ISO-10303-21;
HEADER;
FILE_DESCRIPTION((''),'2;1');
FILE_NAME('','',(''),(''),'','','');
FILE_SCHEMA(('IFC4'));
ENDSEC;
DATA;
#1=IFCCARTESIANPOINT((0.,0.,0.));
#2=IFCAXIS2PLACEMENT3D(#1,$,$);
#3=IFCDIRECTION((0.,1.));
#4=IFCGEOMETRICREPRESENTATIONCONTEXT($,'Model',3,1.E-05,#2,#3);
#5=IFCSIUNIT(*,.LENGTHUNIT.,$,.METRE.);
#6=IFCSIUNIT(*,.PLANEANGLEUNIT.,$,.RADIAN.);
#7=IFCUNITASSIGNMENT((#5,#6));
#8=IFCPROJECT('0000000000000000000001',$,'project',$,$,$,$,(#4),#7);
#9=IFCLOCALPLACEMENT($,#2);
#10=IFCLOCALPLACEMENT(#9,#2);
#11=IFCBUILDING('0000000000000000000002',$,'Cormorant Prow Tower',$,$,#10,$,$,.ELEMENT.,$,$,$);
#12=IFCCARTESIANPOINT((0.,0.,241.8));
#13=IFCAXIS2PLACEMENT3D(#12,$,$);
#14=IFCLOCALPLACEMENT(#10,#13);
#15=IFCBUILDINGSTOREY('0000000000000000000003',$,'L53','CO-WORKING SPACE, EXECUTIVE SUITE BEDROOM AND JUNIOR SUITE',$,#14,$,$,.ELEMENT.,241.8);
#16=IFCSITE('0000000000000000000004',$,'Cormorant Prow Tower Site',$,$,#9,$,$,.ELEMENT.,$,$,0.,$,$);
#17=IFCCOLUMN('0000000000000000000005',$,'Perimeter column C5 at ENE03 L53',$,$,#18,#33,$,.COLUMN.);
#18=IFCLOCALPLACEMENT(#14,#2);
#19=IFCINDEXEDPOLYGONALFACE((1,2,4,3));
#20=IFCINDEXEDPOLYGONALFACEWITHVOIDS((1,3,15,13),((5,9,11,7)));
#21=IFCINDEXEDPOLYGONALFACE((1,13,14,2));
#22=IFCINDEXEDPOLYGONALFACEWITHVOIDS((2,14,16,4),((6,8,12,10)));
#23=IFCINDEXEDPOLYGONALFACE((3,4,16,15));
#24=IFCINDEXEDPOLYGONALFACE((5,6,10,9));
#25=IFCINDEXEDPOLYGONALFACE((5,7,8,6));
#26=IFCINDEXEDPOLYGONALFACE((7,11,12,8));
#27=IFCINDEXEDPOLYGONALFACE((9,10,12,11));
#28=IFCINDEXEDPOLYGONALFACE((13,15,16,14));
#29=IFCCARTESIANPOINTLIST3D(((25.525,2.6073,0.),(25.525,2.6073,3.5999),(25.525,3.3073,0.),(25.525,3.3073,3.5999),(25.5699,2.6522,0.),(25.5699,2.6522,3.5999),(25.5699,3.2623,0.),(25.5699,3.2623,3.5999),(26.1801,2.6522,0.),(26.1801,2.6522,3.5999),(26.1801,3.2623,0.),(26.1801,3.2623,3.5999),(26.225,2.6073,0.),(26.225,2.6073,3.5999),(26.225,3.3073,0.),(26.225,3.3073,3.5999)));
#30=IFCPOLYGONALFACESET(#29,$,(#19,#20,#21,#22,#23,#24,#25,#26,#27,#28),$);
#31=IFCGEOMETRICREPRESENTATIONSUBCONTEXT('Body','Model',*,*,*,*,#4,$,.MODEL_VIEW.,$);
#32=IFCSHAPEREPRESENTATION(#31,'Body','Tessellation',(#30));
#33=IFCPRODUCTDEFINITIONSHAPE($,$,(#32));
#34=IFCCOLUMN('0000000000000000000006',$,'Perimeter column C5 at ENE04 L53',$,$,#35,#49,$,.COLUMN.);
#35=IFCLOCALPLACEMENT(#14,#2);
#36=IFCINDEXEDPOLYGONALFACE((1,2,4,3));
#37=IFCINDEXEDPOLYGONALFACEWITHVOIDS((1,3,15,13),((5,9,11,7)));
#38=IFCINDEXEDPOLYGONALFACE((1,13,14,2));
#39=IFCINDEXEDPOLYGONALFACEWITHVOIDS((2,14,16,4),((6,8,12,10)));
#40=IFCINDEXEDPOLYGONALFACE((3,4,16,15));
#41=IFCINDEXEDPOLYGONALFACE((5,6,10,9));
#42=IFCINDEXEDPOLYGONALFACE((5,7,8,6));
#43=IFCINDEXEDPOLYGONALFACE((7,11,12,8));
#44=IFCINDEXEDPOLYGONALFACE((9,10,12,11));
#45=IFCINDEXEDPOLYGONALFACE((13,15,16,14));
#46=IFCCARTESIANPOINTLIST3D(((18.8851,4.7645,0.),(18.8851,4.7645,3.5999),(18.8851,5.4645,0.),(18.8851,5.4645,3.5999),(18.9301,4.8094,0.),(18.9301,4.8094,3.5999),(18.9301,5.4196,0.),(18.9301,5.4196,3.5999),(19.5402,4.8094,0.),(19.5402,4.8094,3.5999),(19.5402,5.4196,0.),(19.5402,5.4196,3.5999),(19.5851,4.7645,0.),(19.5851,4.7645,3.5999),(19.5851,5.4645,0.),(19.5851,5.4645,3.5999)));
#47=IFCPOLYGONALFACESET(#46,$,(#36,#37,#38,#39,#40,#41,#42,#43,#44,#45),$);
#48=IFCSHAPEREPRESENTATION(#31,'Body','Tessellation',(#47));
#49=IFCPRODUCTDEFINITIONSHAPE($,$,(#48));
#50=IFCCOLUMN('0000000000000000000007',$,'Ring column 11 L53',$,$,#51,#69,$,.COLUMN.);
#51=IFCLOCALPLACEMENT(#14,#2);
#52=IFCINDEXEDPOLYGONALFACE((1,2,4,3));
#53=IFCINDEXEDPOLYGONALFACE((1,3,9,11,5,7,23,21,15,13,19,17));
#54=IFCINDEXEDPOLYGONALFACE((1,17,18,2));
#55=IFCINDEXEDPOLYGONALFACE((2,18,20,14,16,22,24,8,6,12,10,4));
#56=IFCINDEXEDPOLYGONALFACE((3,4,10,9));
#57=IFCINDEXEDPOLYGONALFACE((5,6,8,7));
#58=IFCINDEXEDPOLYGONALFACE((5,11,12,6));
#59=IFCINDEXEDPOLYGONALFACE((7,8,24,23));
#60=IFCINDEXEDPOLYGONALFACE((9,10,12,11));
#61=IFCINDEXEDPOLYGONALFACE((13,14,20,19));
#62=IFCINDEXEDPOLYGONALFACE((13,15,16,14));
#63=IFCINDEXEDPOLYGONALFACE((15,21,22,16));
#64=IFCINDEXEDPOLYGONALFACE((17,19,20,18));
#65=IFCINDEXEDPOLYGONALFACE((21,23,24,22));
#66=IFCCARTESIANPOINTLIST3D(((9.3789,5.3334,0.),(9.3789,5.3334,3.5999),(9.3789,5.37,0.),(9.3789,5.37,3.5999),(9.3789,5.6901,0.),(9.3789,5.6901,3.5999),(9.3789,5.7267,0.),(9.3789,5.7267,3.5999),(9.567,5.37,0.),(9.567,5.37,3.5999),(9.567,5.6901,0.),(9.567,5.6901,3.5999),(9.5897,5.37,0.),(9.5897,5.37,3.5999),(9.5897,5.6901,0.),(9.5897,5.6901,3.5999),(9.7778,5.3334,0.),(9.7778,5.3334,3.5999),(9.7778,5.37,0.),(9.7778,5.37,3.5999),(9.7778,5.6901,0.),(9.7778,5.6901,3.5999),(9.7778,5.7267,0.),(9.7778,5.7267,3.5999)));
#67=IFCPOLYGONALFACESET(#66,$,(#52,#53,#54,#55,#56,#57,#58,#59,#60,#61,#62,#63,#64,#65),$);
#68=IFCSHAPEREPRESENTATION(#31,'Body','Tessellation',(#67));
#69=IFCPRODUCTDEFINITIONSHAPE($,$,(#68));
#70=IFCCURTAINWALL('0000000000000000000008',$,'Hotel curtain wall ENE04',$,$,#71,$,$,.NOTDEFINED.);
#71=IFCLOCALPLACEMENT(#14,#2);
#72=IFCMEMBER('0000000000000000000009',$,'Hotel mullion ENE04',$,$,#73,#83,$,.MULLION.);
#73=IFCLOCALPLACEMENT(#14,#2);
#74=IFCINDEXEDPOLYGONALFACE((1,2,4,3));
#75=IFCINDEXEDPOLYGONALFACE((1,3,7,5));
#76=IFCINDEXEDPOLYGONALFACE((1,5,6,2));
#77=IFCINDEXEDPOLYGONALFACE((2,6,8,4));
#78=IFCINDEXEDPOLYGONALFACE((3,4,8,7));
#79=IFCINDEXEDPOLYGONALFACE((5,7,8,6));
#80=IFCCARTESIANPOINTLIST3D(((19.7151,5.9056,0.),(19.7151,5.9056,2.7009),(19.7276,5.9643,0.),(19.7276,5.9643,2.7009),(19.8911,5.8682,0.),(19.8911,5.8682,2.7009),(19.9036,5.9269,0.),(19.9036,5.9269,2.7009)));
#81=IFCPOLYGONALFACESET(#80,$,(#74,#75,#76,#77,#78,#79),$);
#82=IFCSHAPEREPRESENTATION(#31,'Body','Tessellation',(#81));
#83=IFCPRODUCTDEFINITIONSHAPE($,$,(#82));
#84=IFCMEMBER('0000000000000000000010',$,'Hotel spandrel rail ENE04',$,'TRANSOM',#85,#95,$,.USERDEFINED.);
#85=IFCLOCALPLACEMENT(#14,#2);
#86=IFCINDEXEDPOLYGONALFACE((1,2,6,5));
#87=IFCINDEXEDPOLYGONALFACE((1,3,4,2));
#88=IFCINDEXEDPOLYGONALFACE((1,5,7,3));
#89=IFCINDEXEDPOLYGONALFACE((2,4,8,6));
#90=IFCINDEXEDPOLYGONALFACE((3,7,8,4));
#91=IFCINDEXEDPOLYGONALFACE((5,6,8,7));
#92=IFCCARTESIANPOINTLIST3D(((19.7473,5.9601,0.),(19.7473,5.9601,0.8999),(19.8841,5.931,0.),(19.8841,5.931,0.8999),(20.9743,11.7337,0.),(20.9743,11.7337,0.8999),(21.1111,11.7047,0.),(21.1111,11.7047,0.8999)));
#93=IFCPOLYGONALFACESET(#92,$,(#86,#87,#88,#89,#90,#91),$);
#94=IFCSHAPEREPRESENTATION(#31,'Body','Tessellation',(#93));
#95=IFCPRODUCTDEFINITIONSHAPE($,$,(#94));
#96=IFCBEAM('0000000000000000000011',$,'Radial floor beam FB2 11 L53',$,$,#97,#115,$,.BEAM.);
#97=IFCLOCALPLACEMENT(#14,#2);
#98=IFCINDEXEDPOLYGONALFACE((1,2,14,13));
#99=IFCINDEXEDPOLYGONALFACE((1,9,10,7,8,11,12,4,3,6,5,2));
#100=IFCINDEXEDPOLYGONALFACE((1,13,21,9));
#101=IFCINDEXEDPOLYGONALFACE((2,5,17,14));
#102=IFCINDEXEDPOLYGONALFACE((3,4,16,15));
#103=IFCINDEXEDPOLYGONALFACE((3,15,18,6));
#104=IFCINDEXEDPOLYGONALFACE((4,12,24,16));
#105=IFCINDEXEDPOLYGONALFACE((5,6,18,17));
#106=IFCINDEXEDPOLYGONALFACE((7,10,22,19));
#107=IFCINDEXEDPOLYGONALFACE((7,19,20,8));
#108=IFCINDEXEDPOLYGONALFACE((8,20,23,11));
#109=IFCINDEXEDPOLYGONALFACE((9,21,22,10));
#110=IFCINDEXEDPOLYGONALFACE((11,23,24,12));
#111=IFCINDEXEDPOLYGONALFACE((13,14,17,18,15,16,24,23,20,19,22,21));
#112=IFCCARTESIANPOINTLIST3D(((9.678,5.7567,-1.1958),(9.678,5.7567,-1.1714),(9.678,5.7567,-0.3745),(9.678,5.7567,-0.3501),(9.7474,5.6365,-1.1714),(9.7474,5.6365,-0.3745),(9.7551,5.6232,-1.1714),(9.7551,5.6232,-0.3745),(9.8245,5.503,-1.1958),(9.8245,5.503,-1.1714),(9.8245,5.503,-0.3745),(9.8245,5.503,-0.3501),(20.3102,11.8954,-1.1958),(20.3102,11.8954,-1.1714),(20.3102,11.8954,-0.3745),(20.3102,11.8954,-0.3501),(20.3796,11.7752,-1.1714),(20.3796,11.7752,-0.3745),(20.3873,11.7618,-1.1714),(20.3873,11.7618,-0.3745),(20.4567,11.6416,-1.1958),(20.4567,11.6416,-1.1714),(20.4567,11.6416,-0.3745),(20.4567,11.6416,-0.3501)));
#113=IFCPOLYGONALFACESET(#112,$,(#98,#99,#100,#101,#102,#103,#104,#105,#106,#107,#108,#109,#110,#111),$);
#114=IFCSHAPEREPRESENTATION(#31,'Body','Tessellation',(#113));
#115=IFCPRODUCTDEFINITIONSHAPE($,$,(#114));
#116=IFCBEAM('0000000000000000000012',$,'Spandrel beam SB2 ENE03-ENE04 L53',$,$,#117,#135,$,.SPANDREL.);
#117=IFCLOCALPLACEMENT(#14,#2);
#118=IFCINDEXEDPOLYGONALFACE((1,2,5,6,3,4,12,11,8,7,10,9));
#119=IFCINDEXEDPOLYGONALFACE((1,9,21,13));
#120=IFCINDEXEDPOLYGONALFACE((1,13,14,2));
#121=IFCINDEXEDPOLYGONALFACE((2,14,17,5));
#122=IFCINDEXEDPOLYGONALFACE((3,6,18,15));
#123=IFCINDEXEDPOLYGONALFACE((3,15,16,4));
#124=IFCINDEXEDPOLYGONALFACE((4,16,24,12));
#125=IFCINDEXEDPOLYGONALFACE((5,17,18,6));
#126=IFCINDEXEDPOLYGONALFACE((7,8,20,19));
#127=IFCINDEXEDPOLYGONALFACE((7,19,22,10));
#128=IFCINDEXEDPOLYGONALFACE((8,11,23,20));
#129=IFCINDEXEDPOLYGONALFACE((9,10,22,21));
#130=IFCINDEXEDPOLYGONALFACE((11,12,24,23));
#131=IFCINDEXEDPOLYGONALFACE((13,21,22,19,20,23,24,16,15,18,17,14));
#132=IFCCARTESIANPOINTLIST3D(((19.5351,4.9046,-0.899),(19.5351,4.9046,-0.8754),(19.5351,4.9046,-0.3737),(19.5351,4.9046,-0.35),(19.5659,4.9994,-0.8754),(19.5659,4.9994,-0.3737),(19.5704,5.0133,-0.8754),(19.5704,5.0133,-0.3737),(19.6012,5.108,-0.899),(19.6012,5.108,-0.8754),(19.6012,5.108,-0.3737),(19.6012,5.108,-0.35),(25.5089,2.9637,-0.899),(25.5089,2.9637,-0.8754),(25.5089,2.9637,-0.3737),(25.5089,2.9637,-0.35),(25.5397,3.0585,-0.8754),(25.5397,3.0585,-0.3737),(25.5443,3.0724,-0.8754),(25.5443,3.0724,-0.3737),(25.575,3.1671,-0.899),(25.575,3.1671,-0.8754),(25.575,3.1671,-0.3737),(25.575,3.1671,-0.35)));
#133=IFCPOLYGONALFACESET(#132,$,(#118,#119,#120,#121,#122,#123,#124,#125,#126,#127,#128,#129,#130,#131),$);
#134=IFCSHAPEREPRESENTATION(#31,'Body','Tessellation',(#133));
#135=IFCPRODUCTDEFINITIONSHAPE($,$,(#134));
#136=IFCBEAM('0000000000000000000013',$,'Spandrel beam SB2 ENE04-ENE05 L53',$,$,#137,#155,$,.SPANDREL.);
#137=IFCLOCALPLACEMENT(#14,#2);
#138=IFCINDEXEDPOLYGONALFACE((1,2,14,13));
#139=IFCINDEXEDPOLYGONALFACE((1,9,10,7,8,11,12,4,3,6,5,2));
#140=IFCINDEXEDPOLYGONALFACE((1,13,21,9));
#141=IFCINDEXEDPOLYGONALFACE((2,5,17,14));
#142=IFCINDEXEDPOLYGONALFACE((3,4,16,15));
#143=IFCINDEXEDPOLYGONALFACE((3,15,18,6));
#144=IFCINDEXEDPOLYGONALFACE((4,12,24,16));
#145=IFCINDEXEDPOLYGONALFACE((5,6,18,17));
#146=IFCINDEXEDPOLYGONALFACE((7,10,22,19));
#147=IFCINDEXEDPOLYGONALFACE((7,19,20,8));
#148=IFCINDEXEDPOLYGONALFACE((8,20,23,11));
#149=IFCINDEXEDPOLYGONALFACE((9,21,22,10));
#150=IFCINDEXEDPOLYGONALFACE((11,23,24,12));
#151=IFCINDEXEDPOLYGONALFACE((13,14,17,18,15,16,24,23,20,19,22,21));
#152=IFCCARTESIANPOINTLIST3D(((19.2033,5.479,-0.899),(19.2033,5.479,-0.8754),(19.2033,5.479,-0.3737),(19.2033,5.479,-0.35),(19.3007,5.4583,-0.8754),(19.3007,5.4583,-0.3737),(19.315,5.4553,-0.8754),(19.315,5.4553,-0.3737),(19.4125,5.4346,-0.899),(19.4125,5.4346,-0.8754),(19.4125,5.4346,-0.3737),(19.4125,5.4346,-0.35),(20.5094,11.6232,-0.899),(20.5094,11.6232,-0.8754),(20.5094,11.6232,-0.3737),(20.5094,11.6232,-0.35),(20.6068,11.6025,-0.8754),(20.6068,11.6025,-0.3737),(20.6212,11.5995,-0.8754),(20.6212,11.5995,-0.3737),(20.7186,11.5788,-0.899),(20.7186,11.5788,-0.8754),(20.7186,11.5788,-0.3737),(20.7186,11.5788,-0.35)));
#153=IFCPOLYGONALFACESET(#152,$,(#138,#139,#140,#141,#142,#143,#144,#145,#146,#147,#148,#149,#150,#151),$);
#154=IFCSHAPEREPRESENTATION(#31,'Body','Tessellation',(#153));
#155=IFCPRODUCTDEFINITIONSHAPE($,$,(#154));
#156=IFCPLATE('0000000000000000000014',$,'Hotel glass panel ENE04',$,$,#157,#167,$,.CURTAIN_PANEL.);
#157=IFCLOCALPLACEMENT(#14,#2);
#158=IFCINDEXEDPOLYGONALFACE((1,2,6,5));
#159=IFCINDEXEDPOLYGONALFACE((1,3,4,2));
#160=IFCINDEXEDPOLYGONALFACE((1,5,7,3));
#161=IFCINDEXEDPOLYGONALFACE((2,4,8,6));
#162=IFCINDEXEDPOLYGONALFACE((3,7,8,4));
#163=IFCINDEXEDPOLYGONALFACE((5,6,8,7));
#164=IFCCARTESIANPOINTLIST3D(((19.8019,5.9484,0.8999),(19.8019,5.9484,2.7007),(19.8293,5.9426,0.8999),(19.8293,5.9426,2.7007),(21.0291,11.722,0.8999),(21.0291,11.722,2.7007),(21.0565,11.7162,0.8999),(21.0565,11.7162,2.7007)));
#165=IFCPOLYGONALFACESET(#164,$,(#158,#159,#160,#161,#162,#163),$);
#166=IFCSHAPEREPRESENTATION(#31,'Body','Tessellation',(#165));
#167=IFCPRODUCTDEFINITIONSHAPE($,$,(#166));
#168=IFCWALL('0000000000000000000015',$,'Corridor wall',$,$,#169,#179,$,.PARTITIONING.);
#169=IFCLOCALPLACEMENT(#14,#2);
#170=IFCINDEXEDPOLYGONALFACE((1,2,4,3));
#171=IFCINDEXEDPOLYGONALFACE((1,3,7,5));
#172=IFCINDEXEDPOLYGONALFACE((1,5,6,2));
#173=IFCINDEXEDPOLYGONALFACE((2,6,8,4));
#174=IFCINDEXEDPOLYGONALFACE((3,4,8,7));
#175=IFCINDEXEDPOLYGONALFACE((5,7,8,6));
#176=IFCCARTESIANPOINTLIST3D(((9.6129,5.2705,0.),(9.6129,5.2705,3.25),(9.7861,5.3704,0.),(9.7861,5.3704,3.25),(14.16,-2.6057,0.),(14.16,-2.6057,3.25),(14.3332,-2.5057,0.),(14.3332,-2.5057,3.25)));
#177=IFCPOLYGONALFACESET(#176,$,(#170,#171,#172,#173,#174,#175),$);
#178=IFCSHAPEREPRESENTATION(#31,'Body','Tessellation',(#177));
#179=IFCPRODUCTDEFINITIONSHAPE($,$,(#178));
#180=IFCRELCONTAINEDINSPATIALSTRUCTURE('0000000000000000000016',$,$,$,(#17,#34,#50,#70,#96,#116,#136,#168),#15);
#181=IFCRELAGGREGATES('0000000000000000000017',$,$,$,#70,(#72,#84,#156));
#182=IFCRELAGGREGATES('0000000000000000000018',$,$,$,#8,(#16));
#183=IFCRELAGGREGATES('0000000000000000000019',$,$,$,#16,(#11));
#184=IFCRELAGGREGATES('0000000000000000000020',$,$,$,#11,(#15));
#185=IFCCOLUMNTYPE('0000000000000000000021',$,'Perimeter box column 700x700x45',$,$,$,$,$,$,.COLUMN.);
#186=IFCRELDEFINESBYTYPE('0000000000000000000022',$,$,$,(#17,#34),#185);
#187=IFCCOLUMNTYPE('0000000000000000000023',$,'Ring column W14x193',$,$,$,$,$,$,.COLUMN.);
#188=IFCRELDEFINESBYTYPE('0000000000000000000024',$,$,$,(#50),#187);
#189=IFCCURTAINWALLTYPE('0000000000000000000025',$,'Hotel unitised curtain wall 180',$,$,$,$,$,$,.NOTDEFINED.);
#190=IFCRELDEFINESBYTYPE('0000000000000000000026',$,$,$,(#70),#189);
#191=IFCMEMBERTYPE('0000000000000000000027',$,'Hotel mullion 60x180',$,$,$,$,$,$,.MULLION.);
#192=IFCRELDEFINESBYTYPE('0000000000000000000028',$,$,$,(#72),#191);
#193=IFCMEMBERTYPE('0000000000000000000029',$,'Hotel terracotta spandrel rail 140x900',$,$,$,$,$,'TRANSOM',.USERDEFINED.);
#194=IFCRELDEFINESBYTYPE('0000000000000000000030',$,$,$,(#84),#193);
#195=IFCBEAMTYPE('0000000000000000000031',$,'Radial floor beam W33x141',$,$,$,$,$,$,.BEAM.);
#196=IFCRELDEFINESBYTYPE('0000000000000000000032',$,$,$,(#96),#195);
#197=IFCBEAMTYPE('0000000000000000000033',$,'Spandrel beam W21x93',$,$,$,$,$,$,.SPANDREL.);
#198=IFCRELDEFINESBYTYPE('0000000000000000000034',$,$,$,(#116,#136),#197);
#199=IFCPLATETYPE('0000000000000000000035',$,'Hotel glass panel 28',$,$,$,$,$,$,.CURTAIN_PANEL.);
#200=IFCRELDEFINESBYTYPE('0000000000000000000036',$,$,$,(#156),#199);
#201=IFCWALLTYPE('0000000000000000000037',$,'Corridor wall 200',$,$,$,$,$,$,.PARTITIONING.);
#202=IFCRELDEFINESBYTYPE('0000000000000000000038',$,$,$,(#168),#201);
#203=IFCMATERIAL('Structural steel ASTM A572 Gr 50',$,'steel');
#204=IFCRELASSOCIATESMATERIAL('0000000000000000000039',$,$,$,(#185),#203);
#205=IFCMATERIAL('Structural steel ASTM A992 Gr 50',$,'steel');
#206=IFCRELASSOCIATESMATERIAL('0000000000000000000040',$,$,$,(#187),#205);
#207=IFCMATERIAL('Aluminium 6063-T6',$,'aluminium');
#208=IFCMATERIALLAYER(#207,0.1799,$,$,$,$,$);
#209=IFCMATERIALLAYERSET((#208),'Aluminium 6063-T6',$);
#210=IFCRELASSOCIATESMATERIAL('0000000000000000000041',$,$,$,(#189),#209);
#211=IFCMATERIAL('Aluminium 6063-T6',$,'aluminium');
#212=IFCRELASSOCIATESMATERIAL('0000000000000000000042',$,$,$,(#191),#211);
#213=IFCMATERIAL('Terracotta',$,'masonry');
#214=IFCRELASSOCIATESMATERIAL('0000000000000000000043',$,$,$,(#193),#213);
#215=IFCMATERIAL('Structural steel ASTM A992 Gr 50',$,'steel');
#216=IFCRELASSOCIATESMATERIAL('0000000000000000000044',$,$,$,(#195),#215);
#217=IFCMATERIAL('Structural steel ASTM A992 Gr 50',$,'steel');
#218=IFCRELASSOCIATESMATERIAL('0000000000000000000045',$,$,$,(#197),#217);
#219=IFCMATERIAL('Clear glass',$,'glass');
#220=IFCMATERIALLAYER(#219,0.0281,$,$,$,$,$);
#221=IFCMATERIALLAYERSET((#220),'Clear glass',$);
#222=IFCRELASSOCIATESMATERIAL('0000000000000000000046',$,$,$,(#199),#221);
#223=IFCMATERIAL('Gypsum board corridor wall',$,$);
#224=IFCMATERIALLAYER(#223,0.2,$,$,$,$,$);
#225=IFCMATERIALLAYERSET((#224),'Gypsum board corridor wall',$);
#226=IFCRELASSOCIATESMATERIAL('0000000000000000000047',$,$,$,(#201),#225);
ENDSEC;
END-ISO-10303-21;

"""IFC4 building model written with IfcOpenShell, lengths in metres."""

from ifc_helpers import new_model, si_unit, direction, frame, frame_2d, origin, origin_2d, place, context, subcontext, project, spatial, rectangle, hollow_rectangle, i_section, extrude, material, layer, layer_set, material_profile, profile_set, type_object, element, aggregate, save


model = new_model("IFC4")

# Units and contexts
model_context = context("Model", 3, precision=1e-05, world=origin(), true_north=direction((0.0, 1.0)))
body_context = subcontext(model_context, "Body", "Model", "MODEL_VIEW")
ifc_project = project(units=[si_unit("LENGTHUNIT", "METRE"), si_unit("PLANEANGLEUNIT", "RADIAN")], contexts=[model_context])

# Site, building, storey
site_placement = place(None, origin())
site = spatial("IfcSite", under=ifc_project, at=site_placement, Name="Cormorant Prow Tower Site", CompositionType="ELEMENT", RefElevation=0.0)
building_placement = place(site_placement, origin())
building = spatial("IfcBuilding", under=site, at=building_placement, Name="Cormorant Prow Tower", CompositionType="ELEMENT")
storey_placement = place(building_placement, frame((0.0, 0.0, 241.8)))
storey = spatial("IfcBuildingStorey", under=building, at=storey_placement, Name="L53", Description="CO-WORKING SPACE, EXECUTIVE SUITE BEDROOM AND JUNIOR SUITE", CompositionType="ELEMENT", Elevation=241.8)

# Columns
ifc_material_1 = material(Name="Structural steel ASTM A572 Gr 50", Category="steel")
ifc_material_profile_1 = material_profile(ifc_material_1, hollow_rectangle(XDim=0.7, YDim=0.7, WallThickness=0.0449, at=origin_2d()), Name="Box 700x700x45")
ifc_profile_set_1 = profile_set([ifc_material_profile_1], Name="Structural steel ASTM A572 Gr 50")
column_type_1 = type_object("IfcColumnType", Name="Perimeter box column 700x700x45", PredefinedType="COLUMN", material=ifc_profile_set_1)
for number, where, z_axis, x_axis, name in (
    (1, (25.875, 2.9573, 0.0), (0.0, 0.0, 1.0), (1.0, 0.0, 0.0), "Perimeter column C5 at ENE03 L53"),
    (2, (19.2351, 5.1145, 0.0), (0.0, 0.0, 1.0), (1.0, 0.0, 0.0), "Perimeter column C5 at ENE04 L53"),
):
    element("IfcColumn", number, at=place(storey_placement, frame(where, z_axis=z_axis, x_axis=x_axis)), inside=storey, type_object=column_type_1, Name=name, PredefinedType="COLUMN", context=body_context, shape_type="SweptSolid", body=[
        extrude(hollow_rectangle(XDim=0.7, YDim=0.7, WallThickness=0.0449, at=origin_2d()), origin(), (0.0, 0.0, 1.0), 3.5999),
    ])
ifc_material_2 = material(Name="Structural steel ASTM A992 Gr 50", Category="steel")
ifc_material_profile_2 = material_profile(ifc_material_2, i_section(OverallWidth=0.3989, OverallDepth=0.3933, WebThickness=0.0227, FlangeThickness=0.0366, at=origin_2d()), Name="W14x193")
ifc_profile_set_2 = profile_set([ifc_material_profile_2], Name="Structural steel ASTM A992 Gr 50")
column_type_2 = type_object("IfcColumnType", Name="Ring column W14x193", PredefinedType="COLUMN", material=ifc_profile_set_2)
column_placement = place(storey_placement, frame((9.5784, 5.53, 0.0), z_axis=(0.0, 0.0, 1.0), x_axis=(1.0, 0.0, 0.0)))
element("IfcColumn", 3, at=column_placement, inside=storey, type_object=column_type_2, Name="Ring column 11 L53", PredefinedType="COLUMN", context=body_context, shape_type="SweptSolid", body=[
    extrude(i_section(OverallWidth=0.3989, OverallDepth=0.3933, WebThickness=0.0227, FlangeThickness=0.0366, at=origin_2d()), origin(), (0.0, 0.0, 1.0), 3.5999),
])

# Curtain wall, members
ifc_material_3 = material(Name="Aluminium 6063-T6", Category="aluminium")
ifc_layer_1 = layer(ifc_material_3, 0.1799)
ifc_layer_set_1 = layer_set([ifc_layer_1], Name="Aluminium 6063-T6")
curtain_wall_type = type_object("IfcCurtainWallType", Name="Hotel unitised curtain wall 180", PredefinedType="NOTDEFINED", material=ifc_layer_set_1)
curtain_wall_placement = place(storey_placement, origin())
curtain_wall = element("IfcCurtainWall", 4, at=curtain_wall_placement, inside=storey, type_object=curtain_wall_type, Name="Hotel curtain wall ENE04", PredefinedType="NOTDEFINED")
ifc_material_4 = material(Name="Aluminium 6063-T6", Category="aluminium")
ifc_material_profile_3 = material_profile(ifc_material_4, rectangle(XDim=0.1799, YDim=0.0601, at=origin_2d()), Name="Hotel mullion 60x180")
ifc_profile_set_3 = profile_set([ifc_material_profile_3], Name="Aluminium 6063-T6")
member_type_1 = type_object("IfcMemberType", Name="Hotel mullion 60x180", PredefinedType="MULLION", material=ifc_profile_set_3)
member_1_placement = place(storey_placement, frame((19.8093, 5.9163, 0.0), z_axis=(0.0, 0.0, 1.0), x_axis=(-0.978148, 0.207912, 0.0)))
member_1 = element("IfcMember", 5, at=member_1_placement, type_object=member_type_1, Name="Hotel mullion ENE04", PredefinedType="MULLION", context=body_context, shape_type="SweptSolid", body=[
    extrude(rectangle(XDim=0.1799, YDim=0.0601, at=origin_2d()), origin(), (0.0, 0.0, 1.0), 2.7009),
])
ifc_material_5 = material(Name="Terracotta", Category="masonry")
ifc_material_profile_4 = material_profile(ifc_material_5, rectangle(XDim=0.1399, YDim=0.8999, at=origin_2d()), Name="Hotel terracotta spandrel rail 140x900")
ifc_profile_set_4 = profile_set([ifc_material_profile_4], Name="Terracotta")
member_type_2 = type_object("IfcMemberType", Name="Hotel terracotta spandrel rail 140x900", ElementType="TRANSOM", PredefinedType="USERDEFINED", material=ifc_profile_set_4)
member_2_placement = place(storey_placement, frame((19.8157, 5.9456, 0.45), z_axis=(0.207882, 0.978154, 0.0), x_axis=(-0.978154, 0.207882, 0.0)))
member_2 = element("IfcMember", 6, at=member_2_placement, type_object=member_type_2, Name="Hotel spandrel rail ENE04", ObjectType="TRANSOM", PredefinedType="USERDEFINED", context=body_context, shape_type="SweptSolid", body=[
    extrude(rectangle(XDim=0.1399, YDim=0.8999, at=origin_2d()), origin(), (0.0, 0.0, 1.0), 5.9026),
])

# Beams
ifc_material_6 = material(Name="Structural steel ASTM A992 Gr 50", Category="steel")
ifc_material_profile_5 = material_profile(ifc_material_6, i_section(OverallWidth=0.293, OverallDepth=0.8457, WebThickness=0.0154, FlangeThickness=0.0244, at=origin_2d()), Name="W33x141")
ifc_profile_set_5 = profile_set([ifc_material_profile_5], Name="Structural steel ASTM A992 Gr 50")
beam_type_1 = type_object("IfcBeamType", Name="Radial floor beam W33x141", PredefinedType="BEAM", material=ifc_profile_set_5)
beam_1_placement = place(storey_placement, frame((9.7512, 5.6299, -0.7729), z_axis=(0.866022, 0.500006, 0.0), x_axis=(-0.500006, 0.866022, 0.0)))
element("IfcBeam", 7, at=beam_1_placement, inside=storey, type_object=beam_type_1, Name="Radial floor beam FB2 11 L53", PredefinedType="BEAM", context=body_context, shape_type="SweptSolid", body=[
    extrude(i_section(OverallWidth=0.293, OverallDepth=0.8457, WebThickness=0.0154, FlangeThickness=0.0244, at=origin_2d()), origin(), (0.0, 0.0, 1.0), 12.2771),
])
ifc_material_7 = material(Name="Structural steel ASTM A992 Gr 50", Category="steel")
ifc_material_profile_6 = material_profile(ifc_material_7, i_section(OverallWidth=0.2139, OverallDepth=0.5491, WebThickness=0.0146, FlangeThickness=0.0237, at=origin_2d()), Name="W21x93")
ifc_profile_set_6 = profile_set([ifc_material_profile_6], Name="Structural steel ASTM A992 Gr 50")
beam_type_2 = type_object("IfcBeamType", Name="Spandrel beam W21x93", PredefinedType="SPANDREL", material=ifc_profile_set_6)
beam_2_placement = place(storey_placement, frame((25.542, 3.0654, -0.6245), z_axis=(-0.951062, 0.309001, 0.0), x_axis=(-0.309001, -0.951062, 0.0)))
element("IfcBeam", 8, at=beam_2_placement, inside=storey, type_object=beam_type_2, Name="Spandrel beam SB2 ENE03-ENE04 L53", PredefinedType="SPANDREL", context=body_context, shape_type="SweptSolid", body=[
    extrude(i_section(OverallWidth=0.2139, OverallDepth=0.5491, WebThickness=0.0146, FlangeThickness=0.0237, at=origin_2d()), origin(), (0.0, 0.0, 1.0), 6.2812),
])
beam_3_placement = place(storey_placement, frame((19.3079, 5.4568, -0.6245), z_axis=(0.207934, 0.978143, 0.0), x_axis=(-0.978143, 0.207934, 0.0)))
element("IfcBeam", 9, at=beam_3_placement, inside=storey, type_object=beam_type_2, Name="Spandrel beam SB2 ENE04-ENE05 L53", PredefinedType="SPANDREL", context=body_context, shape_type="SweptSolid", body=[
    extrude(i_section(OverallWidth=0.2139, OverallDepth=0.5491, WebThickness=0.0146, FlangeThickness=0.0237, at=origin_2d()), origin(), (0.0, 0.0, 1.0), 6.2815),
])

# Plate
ifc_material_8 = material(Name="Clear glass", Category="glass")
ifc_layer_2 = layer(ifc_material_8, 0.0281)
ifc_layer_set_2 = layer_set([ifc_layer_2], Name="Clear glass")
plate_type = type_object("IfcPlateType", Name="Hotel glass panel 28", PredefinedType="CURTAIN_PANEL", material=ifc_layer_set_2)
plate_placement = place(storey_placement, frame((20.4292, 8.8323, 0.8999), z_axis=(0.0, 0.0, 1.0), x_axis=(0.207912, 0.978148, 0.0)))
plate = element("IfcPlate", 10, at=plate_placement, type_object=plate_type, Name="Hotel glass panel ENE04", PredefinedType="CURTAIN_PANEL", context=body_context, shape_type="SweptSolid", body=[
    extrude(rectangle(XDim=5.9026, YDim=0.0281, at=origin_2d()), origin(), (0.0, 0.0, 1.0), 1.8008),
])
aggregate(curtain_wall, [member_1, member_2, plate])

# Wall
ifc_material_9 = material(Name="Gypsum board corridor wall")
ifc_layer_3 = layer(ifc_material_9, 0.2)
ifc_layer_set_3 = layer_set([ifc_layer_3], Name="Gypsum board corridor wall")
wall_type_1 = type_object("IfcWallType", Name="Corridor wall 200", PredefinedType="PARTITIONING", material=ifc_layer_set_3)
wall_1_placement = place(storey_placement, frame((9.6995, 5.3206, 0.0), z_axis=(0.0, 0.0, 1.0), x_axis=(0.499982, -0.866036, 0.0)))
element("IfcWall", 11, at=wall_1_placement, inside=storey, type_object=wall_type_1, Name="Corridor wall", PredefinedType="PARTITIONING", context=body_context, shape_type="SweptSolid", body=[
    extrude(rectangle(XDim=9.0945, YDim=0.2, at=frame_2d((4.5474, 0.0))), origin(), (0.0, 0.0, 1.0), 3.25),
])

save(model, "model.ifc")
